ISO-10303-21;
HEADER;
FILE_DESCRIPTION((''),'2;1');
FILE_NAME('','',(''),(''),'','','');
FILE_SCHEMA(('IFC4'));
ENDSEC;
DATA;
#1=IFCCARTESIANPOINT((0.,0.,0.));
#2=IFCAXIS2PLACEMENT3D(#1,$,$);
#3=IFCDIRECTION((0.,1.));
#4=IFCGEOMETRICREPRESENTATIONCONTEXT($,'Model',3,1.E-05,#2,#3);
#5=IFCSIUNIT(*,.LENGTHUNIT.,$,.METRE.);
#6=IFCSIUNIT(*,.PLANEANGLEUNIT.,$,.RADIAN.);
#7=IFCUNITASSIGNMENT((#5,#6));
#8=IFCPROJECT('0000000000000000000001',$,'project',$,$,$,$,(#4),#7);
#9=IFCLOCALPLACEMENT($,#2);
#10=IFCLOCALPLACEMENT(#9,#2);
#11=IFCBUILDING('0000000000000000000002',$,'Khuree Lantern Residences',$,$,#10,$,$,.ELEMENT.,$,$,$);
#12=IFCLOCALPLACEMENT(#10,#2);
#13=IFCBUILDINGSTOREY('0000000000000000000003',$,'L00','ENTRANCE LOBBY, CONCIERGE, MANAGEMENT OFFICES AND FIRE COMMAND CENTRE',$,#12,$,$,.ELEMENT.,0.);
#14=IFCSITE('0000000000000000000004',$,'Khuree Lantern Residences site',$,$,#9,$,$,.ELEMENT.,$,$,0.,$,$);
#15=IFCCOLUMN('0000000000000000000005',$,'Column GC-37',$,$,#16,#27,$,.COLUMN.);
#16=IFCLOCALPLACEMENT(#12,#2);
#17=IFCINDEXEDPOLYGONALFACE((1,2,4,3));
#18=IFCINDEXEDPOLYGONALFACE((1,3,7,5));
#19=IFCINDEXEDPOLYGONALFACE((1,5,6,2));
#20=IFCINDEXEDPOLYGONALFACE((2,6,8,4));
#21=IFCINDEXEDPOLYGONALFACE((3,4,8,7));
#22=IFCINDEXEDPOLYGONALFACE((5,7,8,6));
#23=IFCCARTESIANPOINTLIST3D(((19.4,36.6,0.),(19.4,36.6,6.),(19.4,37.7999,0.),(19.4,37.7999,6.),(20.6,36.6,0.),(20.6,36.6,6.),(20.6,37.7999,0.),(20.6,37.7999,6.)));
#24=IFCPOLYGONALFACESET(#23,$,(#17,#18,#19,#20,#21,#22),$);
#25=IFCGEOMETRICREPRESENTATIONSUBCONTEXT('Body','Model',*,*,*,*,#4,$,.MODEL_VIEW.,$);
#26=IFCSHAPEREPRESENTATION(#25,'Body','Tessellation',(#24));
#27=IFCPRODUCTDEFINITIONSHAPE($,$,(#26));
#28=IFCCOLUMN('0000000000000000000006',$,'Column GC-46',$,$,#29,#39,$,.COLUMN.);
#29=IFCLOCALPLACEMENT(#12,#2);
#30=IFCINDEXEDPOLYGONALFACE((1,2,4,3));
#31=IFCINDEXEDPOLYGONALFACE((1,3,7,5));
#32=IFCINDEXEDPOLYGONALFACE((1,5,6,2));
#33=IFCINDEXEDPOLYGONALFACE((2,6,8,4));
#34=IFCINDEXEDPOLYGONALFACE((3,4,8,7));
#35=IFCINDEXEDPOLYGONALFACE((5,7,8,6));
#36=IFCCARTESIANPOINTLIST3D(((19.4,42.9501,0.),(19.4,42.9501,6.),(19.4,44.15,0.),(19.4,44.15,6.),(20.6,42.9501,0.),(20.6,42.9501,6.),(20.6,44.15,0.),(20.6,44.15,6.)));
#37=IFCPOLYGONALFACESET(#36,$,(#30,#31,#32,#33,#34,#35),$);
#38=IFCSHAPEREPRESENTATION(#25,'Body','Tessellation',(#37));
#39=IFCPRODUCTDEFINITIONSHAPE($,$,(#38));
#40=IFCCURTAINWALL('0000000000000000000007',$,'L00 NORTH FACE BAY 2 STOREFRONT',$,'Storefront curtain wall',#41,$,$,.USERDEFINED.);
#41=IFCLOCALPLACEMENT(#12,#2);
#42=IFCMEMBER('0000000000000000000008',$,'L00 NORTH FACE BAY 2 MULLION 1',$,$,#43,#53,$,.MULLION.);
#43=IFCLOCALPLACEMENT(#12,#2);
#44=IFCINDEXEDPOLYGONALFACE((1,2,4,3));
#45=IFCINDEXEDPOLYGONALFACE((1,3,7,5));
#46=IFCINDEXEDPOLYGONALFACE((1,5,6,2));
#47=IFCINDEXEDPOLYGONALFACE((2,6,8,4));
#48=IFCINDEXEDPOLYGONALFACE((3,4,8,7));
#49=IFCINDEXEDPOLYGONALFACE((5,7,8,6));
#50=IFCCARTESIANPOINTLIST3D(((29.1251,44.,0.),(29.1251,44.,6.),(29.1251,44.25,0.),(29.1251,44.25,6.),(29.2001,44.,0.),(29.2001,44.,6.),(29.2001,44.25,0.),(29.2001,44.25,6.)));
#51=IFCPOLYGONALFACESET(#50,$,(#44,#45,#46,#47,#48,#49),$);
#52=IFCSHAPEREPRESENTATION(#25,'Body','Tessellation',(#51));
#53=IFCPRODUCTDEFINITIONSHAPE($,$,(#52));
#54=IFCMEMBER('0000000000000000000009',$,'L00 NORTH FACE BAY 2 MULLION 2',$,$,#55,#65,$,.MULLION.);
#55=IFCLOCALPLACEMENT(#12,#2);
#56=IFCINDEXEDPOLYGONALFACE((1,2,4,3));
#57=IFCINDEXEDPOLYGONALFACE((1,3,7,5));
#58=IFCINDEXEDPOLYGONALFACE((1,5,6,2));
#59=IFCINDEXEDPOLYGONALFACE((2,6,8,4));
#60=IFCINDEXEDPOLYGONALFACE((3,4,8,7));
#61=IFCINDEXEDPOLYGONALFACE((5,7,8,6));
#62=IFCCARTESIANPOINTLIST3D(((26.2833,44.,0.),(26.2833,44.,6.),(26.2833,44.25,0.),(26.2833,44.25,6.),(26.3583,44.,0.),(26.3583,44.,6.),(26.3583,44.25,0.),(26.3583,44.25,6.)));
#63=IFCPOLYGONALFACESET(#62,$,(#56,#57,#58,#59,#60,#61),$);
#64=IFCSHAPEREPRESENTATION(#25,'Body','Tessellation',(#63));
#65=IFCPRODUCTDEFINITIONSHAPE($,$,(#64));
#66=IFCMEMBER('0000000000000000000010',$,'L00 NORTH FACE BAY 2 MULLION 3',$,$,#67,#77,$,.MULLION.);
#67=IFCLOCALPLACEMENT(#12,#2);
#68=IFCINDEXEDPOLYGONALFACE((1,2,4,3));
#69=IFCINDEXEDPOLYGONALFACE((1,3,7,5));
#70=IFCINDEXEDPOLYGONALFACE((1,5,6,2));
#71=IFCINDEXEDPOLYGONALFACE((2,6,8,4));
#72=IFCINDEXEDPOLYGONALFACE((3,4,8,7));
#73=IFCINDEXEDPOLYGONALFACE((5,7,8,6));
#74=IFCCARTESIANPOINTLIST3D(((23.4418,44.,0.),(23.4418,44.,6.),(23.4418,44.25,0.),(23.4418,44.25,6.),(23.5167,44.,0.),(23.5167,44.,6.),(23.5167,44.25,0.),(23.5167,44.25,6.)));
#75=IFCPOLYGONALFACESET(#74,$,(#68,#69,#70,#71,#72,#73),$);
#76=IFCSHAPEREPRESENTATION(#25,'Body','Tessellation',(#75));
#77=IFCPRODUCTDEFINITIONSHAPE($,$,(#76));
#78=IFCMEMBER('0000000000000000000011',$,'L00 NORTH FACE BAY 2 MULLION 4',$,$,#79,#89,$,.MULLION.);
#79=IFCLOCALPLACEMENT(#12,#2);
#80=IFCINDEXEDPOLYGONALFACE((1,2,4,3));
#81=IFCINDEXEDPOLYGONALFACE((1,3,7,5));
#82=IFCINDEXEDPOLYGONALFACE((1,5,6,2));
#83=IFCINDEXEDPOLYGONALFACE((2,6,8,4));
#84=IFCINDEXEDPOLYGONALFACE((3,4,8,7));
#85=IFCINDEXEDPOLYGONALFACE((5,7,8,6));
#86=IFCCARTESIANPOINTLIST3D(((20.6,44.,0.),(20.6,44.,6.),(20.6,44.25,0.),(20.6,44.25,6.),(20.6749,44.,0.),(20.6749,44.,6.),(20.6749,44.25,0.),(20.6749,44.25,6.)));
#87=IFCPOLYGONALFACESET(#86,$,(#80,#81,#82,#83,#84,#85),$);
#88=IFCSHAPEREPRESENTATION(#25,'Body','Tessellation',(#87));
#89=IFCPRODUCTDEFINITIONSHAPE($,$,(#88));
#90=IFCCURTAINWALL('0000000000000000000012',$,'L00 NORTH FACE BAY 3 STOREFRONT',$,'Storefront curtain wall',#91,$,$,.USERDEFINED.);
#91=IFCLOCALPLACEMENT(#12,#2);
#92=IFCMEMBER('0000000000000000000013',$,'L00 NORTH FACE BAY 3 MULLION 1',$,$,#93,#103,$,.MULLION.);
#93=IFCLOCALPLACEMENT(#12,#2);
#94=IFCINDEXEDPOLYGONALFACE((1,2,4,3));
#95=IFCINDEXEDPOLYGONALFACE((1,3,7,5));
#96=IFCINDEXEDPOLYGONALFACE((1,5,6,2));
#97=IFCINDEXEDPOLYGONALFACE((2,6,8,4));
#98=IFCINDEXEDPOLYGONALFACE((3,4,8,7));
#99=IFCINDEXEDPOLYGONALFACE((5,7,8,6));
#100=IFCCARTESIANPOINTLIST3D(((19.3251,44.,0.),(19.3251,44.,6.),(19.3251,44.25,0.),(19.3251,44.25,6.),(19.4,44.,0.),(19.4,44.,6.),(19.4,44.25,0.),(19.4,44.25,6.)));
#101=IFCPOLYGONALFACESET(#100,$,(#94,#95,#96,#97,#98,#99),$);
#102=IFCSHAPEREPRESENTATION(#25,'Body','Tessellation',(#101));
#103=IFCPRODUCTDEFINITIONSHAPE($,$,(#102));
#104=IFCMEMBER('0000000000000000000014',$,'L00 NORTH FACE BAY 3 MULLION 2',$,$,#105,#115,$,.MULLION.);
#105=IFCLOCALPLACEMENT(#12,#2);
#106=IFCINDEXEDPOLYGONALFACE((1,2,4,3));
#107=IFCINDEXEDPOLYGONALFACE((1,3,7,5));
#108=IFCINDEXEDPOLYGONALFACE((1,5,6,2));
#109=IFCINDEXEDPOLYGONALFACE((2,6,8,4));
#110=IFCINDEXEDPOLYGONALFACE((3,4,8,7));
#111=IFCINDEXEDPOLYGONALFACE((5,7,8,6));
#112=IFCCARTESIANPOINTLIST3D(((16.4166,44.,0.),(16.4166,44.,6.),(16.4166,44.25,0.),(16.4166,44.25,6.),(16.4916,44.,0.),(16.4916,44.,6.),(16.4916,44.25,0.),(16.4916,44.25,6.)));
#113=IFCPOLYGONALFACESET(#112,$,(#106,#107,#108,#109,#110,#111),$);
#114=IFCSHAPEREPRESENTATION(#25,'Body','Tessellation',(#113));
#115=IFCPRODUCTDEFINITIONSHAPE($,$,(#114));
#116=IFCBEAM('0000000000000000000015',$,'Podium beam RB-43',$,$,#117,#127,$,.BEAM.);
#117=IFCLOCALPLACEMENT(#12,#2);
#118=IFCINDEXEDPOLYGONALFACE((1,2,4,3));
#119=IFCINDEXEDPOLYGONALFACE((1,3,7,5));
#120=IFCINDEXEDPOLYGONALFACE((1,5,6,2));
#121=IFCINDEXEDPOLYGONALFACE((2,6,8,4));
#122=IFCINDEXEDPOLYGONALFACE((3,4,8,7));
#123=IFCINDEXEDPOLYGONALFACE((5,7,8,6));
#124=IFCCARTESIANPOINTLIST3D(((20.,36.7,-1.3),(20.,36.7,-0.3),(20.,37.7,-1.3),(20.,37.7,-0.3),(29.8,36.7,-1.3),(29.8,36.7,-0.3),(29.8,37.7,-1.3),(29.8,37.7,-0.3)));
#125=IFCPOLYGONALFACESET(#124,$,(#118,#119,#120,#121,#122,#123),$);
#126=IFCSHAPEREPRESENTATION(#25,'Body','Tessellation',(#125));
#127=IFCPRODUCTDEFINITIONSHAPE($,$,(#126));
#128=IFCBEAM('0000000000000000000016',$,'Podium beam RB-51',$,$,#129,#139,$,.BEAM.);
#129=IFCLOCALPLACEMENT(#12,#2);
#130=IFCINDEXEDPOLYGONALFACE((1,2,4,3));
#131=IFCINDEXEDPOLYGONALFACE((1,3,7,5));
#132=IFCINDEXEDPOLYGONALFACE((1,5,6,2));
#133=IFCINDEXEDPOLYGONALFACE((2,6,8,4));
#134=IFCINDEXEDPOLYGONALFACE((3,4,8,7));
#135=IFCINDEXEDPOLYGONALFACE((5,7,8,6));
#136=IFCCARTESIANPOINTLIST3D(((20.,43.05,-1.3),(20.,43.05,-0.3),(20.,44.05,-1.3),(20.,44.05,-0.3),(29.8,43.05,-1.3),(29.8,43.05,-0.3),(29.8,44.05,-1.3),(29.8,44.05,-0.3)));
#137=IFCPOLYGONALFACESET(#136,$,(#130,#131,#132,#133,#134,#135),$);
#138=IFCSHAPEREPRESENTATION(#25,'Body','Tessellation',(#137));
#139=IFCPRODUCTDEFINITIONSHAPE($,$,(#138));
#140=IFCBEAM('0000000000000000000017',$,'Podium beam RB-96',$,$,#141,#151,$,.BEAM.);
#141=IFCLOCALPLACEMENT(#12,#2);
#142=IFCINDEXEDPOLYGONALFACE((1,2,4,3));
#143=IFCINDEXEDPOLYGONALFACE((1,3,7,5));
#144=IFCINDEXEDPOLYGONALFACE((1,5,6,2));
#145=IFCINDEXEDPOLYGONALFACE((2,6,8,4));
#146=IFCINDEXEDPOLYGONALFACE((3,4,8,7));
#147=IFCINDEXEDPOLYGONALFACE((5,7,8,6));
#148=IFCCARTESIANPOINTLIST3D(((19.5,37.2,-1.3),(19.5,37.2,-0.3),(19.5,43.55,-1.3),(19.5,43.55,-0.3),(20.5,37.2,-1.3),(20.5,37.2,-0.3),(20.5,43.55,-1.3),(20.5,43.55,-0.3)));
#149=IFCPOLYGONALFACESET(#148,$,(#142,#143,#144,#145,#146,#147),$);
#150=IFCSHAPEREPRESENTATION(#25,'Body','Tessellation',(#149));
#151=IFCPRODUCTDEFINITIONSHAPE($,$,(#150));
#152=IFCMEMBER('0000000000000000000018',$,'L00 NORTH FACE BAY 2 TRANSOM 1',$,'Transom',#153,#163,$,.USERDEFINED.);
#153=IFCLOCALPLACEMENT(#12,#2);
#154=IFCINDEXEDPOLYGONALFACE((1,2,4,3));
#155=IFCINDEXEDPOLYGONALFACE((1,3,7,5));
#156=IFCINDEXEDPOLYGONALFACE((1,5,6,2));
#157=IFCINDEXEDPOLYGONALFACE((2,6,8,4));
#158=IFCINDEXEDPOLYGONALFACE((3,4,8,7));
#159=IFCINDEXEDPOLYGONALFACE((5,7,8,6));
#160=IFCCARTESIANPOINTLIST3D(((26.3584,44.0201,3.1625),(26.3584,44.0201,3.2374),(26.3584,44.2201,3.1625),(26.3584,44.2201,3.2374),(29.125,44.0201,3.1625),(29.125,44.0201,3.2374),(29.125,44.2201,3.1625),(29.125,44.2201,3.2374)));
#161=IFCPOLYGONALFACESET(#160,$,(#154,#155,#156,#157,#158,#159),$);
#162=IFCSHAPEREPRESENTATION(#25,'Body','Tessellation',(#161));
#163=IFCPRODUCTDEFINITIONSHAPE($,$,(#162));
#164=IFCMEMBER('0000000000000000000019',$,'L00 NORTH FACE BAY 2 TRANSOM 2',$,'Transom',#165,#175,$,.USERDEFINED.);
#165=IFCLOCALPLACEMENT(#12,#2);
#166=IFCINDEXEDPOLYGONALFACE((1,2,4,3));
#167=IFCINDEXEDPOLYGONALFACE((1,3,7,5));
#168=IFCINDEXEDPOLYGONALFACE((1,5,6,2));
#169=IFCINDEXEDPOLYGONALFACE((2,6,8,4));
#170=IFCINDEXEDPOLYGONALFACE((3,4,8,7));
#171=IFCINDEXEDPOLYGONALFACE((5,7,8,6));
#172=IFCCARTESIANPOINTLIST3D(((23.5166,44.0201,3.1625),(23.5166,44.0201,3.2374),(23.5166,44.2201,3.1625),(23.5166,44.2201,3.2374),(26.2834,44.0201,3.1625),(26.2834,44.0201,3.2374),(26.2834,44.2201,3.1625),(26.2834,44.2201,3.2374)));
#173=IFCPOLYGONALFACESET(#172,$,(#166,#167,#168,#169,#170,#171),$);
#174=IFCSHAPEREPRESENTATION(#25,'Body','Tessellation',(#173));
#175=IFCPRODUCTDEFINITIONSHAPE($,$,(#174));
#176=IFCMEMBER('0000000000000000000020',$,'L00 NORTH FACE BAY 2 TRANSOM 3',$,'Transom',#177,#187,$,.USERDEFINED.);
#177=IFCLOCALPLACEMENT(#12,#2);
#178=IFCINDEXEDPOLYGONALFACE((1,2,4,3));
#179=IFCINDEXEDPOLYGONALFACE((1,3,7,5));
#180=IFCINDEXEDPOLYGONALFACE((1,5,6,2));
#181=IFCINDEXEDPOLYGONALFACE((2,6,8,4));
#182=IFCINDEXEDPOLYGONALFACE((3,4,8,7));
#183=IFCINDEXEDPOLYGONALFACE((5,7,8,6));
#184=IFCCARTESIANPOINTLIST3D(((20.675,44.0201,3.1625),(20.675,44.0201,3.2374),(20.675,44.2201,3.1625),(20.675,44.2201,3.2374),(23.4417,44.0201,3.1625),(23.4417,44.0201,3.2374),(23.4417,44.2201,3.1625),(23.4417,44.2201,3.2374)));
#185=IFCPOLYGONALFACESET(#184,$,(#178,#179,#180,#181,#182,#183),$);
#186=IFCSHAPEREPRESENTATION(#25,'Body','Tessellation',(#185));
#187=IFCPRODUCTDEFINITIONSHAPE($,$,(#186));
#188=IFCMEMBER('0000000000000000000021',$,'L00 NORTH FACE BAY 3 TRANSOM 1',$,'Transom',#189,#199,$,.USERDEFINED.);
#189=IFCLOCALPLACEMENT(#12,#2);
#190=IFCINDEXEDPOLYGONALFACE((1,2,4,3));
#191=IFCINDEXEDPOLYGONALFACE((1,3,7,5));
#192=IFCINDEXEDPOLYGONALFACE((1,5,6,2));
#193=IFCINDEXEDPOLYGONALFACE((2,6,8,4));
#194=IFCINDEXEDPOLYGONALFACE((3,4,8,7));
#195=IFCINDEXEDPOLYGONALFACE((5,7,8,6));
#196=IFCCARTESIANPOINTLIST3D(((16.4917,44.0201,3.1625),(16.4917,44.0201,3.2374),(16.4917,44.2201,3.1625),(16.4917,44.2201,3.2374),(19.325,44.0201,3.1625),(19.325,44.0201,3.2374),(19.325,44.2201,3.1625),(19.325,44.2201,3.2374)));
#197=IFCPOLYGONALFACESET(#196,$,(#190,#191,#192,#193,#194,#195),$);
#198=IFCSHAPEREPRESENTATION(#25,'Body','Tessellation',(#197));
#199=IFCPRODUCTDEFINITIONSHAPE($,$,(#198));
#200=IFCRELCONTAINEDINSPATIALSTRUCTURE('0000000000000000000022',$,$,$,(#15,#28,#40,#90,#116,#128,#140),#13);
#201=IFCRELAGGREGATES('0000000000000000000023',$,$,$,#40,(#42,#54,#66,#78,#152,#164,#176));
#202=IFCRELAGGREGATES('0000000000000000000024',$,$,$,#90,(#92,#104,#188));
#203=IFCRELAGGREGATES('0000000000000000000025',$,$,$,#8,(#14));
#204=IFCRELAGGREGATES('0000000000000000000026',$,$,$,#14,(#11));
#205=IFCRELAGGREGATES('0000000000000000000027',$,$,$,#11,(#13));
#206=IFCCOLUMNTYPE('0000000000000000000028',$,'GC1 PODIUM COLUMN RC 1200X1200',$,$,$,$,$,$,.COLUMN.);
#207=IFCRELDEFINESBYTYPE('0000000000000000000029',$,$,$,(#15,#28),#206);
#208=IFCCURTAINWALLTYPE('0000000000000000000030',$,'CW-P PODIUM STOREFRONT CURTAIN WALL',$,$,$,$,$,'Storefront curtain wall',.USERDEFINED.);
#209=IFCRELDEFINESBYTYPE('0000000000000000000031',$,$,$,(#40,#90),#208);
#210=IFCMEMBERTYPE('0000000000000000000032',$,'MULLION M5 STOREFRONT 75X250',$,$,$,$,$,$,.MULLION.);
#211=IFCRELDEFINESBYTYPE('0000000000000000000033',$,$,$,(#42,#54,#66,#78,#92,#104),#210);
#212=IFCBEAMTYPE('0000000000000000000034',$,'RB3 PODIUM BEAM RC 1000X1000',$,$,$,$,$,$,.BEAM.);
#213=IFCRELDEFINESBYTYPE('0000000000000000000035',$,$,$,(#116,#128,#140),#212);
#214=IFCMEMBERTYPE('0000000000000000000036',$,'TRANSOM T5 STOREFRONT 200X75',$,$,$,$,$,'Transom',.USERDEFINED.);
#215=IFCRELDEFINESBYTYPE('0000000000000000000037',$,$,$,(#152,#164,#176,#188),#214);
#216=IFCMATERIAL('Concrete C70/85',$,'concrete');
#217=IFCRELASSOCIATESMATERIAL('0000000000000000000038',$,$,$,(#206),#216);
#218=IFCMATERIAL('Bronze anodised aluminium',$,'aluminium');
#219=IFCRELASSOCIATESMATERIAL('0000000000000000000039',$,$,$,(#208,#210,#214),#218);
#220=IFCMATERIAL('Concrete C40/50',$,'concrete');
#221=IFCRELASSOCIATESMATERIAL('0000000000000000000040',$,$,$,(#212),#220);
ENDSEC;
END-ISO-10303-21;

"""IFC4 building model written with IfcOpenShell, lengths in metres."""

from ifc_helpers import new_model, si_unit, direction, frame, origin, origin_2d, place, context, subcontext, project, spatial, rectangle, extrude, material, material_profile, profile_set, type_object, element, aggregate, save


model = new_model("IFC4")

# Units and contexts
model_context = context("Model", 3, precision=1e-05, world=origin(), true_north=direction((0.0, 1.0)))
body_context = subcontext(model_context, "Body", "Model", "MODEL_VIEW")
ifc_project = project(units=[si_unit("LENGTHUNIT", "METRE"), si_unit("PLANEANGLEUNIT", "RADIAN")], contexts=[model_context])

# Site, building, storey
site_placement = place(None, origin())
site = spatial("IfcSite", under=ifc_project, at=site_placement, Name="Khuree Lantern Residences site", CompositionType="ELEMENT", RefElevation=0.0)
building_placement = place(site_placement, origin())
building = spatial("IfcBuilding", under=site, at=building_placement, Name="Khuree Lantern Residences", CompositionType="ELEMENT")
storey_placement = place(building_placement, origin())
storey = spatial("IfcBuildingStorey", under=building, at=storey_placement, Name="L00", Description="ENTRANCE LOBBY, CONCIERGE, MANAGEMENT OFFICES AND FIRE COMMAND CENTRE", CompositionType="ELEMENT", Elevation=0.0)

# Columns
ifc_material_1 = material(Name="Concrete C70/85", Category="concrete")
ifc_material_profile_1 = material_profile(ifc_material_1, rectangle(XDim=1.2, YDim=1.2, at=origin_2d()), Name="RC 1200X1200")
ifc_profile_set_1 = profile_set([ifc_material_profile_1], Name="Concrete C70/85")
column_type = type_object("IfcColumnType", Name="GC1 PODIUM COLUMN RC 1200X1200", PredefinedType="COLUMN", material=ifc_profile_set_1)
for number, where, z_axis, x_axis, name in (
    (1, (20.0, 37.2, 0.0), (0.0, 0.0, 1.0), (1.0, 0.0, 0.0), "Column GC-37"),
    (2, (20.0, 43.55, 0.0), (0.0, 0.0, 1.0), (1.0, 0.0, 0.0), "Column GC-46"),
):
    element("IfcColumn", number, at=place(storey_placement, frame(where, z_axis=z_axis, x_axis=x_axis)), inside=storey, type_object=column_type, Name=name, PredefinedType="COLUMN", context=body_context, shape_type="SweptSolid", body=[
        extrude(rectangle(XDim=1.2, YDim=1.2, at=origin_2d()), origin(), (0.0, 0.0, 1.0), 6.0),
    ])

# Curtain walls, members
ifc_material_2 = material(Name="Bronze anodised aluminium", Category="aluminium")
curtain_wall_type = type_object("IfcCurtainWallType", Name="CW-P PODIUM STOREFRONT CURTAIN WALL", ElementType="Storefront curtain wall", PredefinedType="USERDEFINED", material=ifc_material_2)
curtain_wall_1_placement = place(storey_placement, origin())
curtain_wall_1 = element("IfcCurtainWall", 3, at=curtain_wall_1_placement, inside=storey, type_object=curtain_wall_type, Name="L00 NORTH FACE BAY 2 STOREFRONT", ObjectType="Storefront curtain wall", PredefinedType="USERDEFINED")
ifc_material_profile_2 = material_profile(ifc_material_2, rectangle(XDim=0.075, YDim=0.25, at=origin_2d()), Name="M5 75X250")
ifc_profile_set_2 = profile_set([ifc_material_profile_2], Name="Bronze anodised aluminium")
member_type_1 = type_object("IfcMemberType", Name="MULLION M5 STOREFRONT 75X250", PredefinedType="MULLION", material=ifc_profile_set_2)
member_1_placement = place(storey_placement, frame((29.1626, 44.125, 0.0), z_axis=(0.0, 0.0, 1.0), x_axis=(-1.0, 0.0, 0.0)))
member_1 = element("IfcMember", 4, at=member_1_placement, type_object=member_type_1, Name="L00 NORTH FACE BAY 2 MULLION 1", PredefinedType="MULLION", context=body_context, shape_type="SweptSolid", body=[
    extrude(rectangle(XDim=0.075, YDim=0.25, at=origin_2d()), origin(), (0.0, 0.0, 1.0), 6.0),
])
member_2_placement = place(storey_placement, frame((26.3208, 44.125, 0.0), z_axis=(0.0, 0.0, 1.0), x_axis=(-1.0, 0.0, 0.0)))
member_2 = element("IfcMember", 5, at=member_2_placement, type_object=member_type_1, Name="L00 NORTH FACE BAY 2 MULLION 2", PredefinedType="MULLION", context=body_context, shape_type="SweptSolid", body=[
    extrude(rectangle(XDim=0.075, YDim=0.25, at=origin_2d()), origin(), (0.0, 0.0, 1.0), 6.0),
])
member_3_placement = place(storey_placement, frame((23.4792, 44.125, 0.0), z_axis=(0.0, 0.0, 1.0), x_axis=(-1.0, 0.0, 0.0)))
member_3 = element("IfcMember", 6, at=member_3_placement, type_object=member_type_1, Name="L00 NORTH FACE BAY 2 MULLION 3", PredefinedType="MULLION", context=body_context, shape_type="SweptSolid", body=[
    extrude(rectangle(XDim=0.075, YDim=0.25, at=origin_2d()), origin(), (0.0, 0.0, 1.0), 6.0),
])
member_4_placement = place(storey_placement, frame((20.6375, 44.125, 0.0), z_axis=(0.0, 0.0, 1.0), x_axis=(-1.0, 0.0, 0.0)))
member_4 = element("IfcMember", 7, at=member_4_placement, type_object=member_type_1, Name="L00 NORTH FACE BAY 2 MULLION 4", PredefinedType="MULLION", context=body_context, shape_type="SweptSolid", body=[
    extrude(rectangle(XDim=0.075, YDim=0.25, at=origin_2d()), origin(), (0.0, 0.0, 1.0), 6.0),
])
curtain_wall_2_placement = place(storey_placement, origin())
curtain_wall_2 = element("IfcCurtainWall", 8, at=curtain_wall_2_placement, inside=storey, type_object=curtain_wall_type, Name="L00 NORTH FACE BAY 3 STOREFRONT", ObjectType="Storefront curtain wall", PredefinedType="USERDEFINED")
member_5_placement = place(storey_placement, frame((19.3625, 44.125, 0.0), z_axis=(0.0, 0.0, 1.0), x_axis=(-1.0, 0.0, 0.0)))
member_5 = element("IfcMember", 9, at=member_5_placement, type_object=member_type_1, Name="L00 NORTH FACE BAY 3 MULLION 1", PredefinedType="MULLION", context=body_context, shape_type="SweptSolid", body=[
    extrude(rectangle(XDim=0.075, YDim=0.25, at=origin_2d()), origin(), (0.0, 0.0, 1.0), 6.0),
])
member_6_placement = place(storey_placement, frame((16.4541, 44.125, 0.0), z_axis=(0.0, 0.0, 1.0), x_axis=(-1.0, 0.0, 0.0)))
member_6 = element("IfcMember", 10, at=member_6_placement, type_object=member_type_1, Name="L00 NORTH FACE BAY 3 MULLION 2", PredefinedType="MULLION", context=body_context, shape_type="SweptSolid", body=[
    extrude(rectangle(XDim=0.075, YDim=0.25, at=origin_2d()), origin(), (0.0, 0.0, 1.0), 6.0),
])

# Beams
ifc_material_3 = material(Name="Concrete C40/50", Category="concrete")
ifc_material_profile_3 = material_profile(ifc_material_3, rectangle(XDim=1.0, YDim=1.0, at=origin_2d()), Name="RC 1000X1000")
ifc_profile_set_3 = profile_set([ifc_material_profile_3], Name="Concrete C40/50")
beam_type = type_object("IfcBeamType", Name="RB3 PODIUM BEAM RC 1000X1000", PredefinedType="BEAM", material=ifc_profile_set_3)
for number, where, z_axis, x_axis, name in (
    (11, (20.0, 37.2, -0.8), (1.0, 0.0, 0.0), (0.0, 1.0, 0.0), "Podium beam RB-43"),
    (12, (20.0, 43.55, -0.8), (1.0, 0.0, 0.0), (0.0, 1.0, 0.0), "Podium beam RB-51"),
):
    element("IfcBeam", number, at=place(storey_placement, frame(where, z_axis=z_axis, x_axis=x_axis)), inside=storey, type_object=beam_type, Name=name, PredefinedType="BEAM", context=body_context, shape_type="SweptSolid", body=[
        extrude(rectangle(XDim=1.0, YDim=1.0, at=origin_2d()), origin(), (0.0, 0.0, 1.0), 9.8),
    ])
beam_placement = place(storey_placement, frame((20.0, 37.2, -0.8), z_axis=(0.0, 1.0, 0.0), x_axis=(-1.0, 0.0, 0.0)))
element("IfcBeam", 13, at=beam_placement, inside=storey, type_object=beam_type, Name="Podium beam RB-96", PredefinedType="BEAM", context=body_context, shape_type="SweptSolid", body=[
    extrude(rectangle(XDim=1.0, YDim=1.0, at=origin_2d()), origin(), (0.0, 0.0, 1.0), 6.3501),
])

# Members
ifc_material_profile_4 = material_profile(ifc_material_2, rectangle(XDim=0.2, YDim=0.075, at=origin_2d()), Name="T5 200X75")
ifc_profile_set_4 = profile_set([ifc_material_profile_4], Name="Bronze anodised aluminium")
member_type_2 = type_object("IfcMemberType", Name="TRANSOM T5 STOREFRONT 200X75", ElementType="Transom", PredefinedType="USERDEFINED", material=ifc_profile_set_4)
member_7_placement = place(storey_placement, frame((29.125, 44.1201, 3.2), z_axis=(-1.0, 0.0, 0.0), x_axis=(0.0, -1.0, 0.0)))
member_7 = element("IfcMember", 14, at=member_7_placement, type_object=member_type_2, Name="L00 NORTH FACE BAY 2 TRANSOM 1", ObjectType="Transom", PredefinedType="USERDEFINED", context=body_context, shape_type="SweptSolid", body=[
    extrude(rectangle(XDim=0.2, YDim=0.075, at=origin_2d()), origin(), (0.0, 0.0, 1.0), 2.7666),
])
member_8_placement = place(storey_placement, frame((26.2834, 44.1201, 3.2), z_axis=(-1.0, 0.0, 0.0), x_axis=(0.0, -1.0, 0.0)))
member_8 = element("IfcMember", 15, at=member_8_placement, type_object=member_type_2, Name="L00 NORTH FACE BAY 2 TRANSOM 2", ObjectType="Transom", PredefinedType="USERDEFINED", context=body_context, shape_type="SweptSolid", body=[
    extrude(rectangle(XDim=0.2, YDim=0.075, at=origin_2d()), origin(), (0.0, 0.0, 1.0), 2.7668),
])
member_9_placement = place(storey_placement, frame((23.4417, 44.1201, 3.2), z_axis=(-1.0, 0.0, 0.0), x_axis=(0.0, -1.0, 0.0)))
member_9 = element("IfcMember", 16, at=member_9_placement, type_object=member_type_2, Name="L00 NORTH FACE BAY 2 TRANSOM 3", ObjectType="Transom", PredefinedType="USERDEFINED", context=body_context, shape_type="SweptSolid", body=[
    extrude(rectangle(XDim=0.2, YDim=0.075, at=origin_2d()), origin(), (0.0, 0.0, 1.0), 2.7666),
])
member_10_placement = place(storey_placement, frame((19.325, 44.1201, 3.2), z_axis=(-1.0, 0.0, 0.0), x_axis=(0.0, -1.0, 0.0)))
member_10 = element("IfcMember", 17, at=member_10_placement, type_object=member_type_2, Name="L00 NORTH FACE BAY 3 TRANSOM 1", ObjectType="Transom", PredefinedType="USERDEFINED", context=body_context, shape_type="SweptSolid", body=[
    extrude(rectangle(XDim=0.2, YDim=0.075, at=origin_2d()), origin(), (0.0, 0.0, 1.0), 2.8333),
])

aggregate(curtain_wall_1, [member_1, member_2, member_3, member_4, member_7, member_8, member_9])
aggregate(curtain_wall_2, [member_5, member_6, member_10])

save(model, "model.ifc")
